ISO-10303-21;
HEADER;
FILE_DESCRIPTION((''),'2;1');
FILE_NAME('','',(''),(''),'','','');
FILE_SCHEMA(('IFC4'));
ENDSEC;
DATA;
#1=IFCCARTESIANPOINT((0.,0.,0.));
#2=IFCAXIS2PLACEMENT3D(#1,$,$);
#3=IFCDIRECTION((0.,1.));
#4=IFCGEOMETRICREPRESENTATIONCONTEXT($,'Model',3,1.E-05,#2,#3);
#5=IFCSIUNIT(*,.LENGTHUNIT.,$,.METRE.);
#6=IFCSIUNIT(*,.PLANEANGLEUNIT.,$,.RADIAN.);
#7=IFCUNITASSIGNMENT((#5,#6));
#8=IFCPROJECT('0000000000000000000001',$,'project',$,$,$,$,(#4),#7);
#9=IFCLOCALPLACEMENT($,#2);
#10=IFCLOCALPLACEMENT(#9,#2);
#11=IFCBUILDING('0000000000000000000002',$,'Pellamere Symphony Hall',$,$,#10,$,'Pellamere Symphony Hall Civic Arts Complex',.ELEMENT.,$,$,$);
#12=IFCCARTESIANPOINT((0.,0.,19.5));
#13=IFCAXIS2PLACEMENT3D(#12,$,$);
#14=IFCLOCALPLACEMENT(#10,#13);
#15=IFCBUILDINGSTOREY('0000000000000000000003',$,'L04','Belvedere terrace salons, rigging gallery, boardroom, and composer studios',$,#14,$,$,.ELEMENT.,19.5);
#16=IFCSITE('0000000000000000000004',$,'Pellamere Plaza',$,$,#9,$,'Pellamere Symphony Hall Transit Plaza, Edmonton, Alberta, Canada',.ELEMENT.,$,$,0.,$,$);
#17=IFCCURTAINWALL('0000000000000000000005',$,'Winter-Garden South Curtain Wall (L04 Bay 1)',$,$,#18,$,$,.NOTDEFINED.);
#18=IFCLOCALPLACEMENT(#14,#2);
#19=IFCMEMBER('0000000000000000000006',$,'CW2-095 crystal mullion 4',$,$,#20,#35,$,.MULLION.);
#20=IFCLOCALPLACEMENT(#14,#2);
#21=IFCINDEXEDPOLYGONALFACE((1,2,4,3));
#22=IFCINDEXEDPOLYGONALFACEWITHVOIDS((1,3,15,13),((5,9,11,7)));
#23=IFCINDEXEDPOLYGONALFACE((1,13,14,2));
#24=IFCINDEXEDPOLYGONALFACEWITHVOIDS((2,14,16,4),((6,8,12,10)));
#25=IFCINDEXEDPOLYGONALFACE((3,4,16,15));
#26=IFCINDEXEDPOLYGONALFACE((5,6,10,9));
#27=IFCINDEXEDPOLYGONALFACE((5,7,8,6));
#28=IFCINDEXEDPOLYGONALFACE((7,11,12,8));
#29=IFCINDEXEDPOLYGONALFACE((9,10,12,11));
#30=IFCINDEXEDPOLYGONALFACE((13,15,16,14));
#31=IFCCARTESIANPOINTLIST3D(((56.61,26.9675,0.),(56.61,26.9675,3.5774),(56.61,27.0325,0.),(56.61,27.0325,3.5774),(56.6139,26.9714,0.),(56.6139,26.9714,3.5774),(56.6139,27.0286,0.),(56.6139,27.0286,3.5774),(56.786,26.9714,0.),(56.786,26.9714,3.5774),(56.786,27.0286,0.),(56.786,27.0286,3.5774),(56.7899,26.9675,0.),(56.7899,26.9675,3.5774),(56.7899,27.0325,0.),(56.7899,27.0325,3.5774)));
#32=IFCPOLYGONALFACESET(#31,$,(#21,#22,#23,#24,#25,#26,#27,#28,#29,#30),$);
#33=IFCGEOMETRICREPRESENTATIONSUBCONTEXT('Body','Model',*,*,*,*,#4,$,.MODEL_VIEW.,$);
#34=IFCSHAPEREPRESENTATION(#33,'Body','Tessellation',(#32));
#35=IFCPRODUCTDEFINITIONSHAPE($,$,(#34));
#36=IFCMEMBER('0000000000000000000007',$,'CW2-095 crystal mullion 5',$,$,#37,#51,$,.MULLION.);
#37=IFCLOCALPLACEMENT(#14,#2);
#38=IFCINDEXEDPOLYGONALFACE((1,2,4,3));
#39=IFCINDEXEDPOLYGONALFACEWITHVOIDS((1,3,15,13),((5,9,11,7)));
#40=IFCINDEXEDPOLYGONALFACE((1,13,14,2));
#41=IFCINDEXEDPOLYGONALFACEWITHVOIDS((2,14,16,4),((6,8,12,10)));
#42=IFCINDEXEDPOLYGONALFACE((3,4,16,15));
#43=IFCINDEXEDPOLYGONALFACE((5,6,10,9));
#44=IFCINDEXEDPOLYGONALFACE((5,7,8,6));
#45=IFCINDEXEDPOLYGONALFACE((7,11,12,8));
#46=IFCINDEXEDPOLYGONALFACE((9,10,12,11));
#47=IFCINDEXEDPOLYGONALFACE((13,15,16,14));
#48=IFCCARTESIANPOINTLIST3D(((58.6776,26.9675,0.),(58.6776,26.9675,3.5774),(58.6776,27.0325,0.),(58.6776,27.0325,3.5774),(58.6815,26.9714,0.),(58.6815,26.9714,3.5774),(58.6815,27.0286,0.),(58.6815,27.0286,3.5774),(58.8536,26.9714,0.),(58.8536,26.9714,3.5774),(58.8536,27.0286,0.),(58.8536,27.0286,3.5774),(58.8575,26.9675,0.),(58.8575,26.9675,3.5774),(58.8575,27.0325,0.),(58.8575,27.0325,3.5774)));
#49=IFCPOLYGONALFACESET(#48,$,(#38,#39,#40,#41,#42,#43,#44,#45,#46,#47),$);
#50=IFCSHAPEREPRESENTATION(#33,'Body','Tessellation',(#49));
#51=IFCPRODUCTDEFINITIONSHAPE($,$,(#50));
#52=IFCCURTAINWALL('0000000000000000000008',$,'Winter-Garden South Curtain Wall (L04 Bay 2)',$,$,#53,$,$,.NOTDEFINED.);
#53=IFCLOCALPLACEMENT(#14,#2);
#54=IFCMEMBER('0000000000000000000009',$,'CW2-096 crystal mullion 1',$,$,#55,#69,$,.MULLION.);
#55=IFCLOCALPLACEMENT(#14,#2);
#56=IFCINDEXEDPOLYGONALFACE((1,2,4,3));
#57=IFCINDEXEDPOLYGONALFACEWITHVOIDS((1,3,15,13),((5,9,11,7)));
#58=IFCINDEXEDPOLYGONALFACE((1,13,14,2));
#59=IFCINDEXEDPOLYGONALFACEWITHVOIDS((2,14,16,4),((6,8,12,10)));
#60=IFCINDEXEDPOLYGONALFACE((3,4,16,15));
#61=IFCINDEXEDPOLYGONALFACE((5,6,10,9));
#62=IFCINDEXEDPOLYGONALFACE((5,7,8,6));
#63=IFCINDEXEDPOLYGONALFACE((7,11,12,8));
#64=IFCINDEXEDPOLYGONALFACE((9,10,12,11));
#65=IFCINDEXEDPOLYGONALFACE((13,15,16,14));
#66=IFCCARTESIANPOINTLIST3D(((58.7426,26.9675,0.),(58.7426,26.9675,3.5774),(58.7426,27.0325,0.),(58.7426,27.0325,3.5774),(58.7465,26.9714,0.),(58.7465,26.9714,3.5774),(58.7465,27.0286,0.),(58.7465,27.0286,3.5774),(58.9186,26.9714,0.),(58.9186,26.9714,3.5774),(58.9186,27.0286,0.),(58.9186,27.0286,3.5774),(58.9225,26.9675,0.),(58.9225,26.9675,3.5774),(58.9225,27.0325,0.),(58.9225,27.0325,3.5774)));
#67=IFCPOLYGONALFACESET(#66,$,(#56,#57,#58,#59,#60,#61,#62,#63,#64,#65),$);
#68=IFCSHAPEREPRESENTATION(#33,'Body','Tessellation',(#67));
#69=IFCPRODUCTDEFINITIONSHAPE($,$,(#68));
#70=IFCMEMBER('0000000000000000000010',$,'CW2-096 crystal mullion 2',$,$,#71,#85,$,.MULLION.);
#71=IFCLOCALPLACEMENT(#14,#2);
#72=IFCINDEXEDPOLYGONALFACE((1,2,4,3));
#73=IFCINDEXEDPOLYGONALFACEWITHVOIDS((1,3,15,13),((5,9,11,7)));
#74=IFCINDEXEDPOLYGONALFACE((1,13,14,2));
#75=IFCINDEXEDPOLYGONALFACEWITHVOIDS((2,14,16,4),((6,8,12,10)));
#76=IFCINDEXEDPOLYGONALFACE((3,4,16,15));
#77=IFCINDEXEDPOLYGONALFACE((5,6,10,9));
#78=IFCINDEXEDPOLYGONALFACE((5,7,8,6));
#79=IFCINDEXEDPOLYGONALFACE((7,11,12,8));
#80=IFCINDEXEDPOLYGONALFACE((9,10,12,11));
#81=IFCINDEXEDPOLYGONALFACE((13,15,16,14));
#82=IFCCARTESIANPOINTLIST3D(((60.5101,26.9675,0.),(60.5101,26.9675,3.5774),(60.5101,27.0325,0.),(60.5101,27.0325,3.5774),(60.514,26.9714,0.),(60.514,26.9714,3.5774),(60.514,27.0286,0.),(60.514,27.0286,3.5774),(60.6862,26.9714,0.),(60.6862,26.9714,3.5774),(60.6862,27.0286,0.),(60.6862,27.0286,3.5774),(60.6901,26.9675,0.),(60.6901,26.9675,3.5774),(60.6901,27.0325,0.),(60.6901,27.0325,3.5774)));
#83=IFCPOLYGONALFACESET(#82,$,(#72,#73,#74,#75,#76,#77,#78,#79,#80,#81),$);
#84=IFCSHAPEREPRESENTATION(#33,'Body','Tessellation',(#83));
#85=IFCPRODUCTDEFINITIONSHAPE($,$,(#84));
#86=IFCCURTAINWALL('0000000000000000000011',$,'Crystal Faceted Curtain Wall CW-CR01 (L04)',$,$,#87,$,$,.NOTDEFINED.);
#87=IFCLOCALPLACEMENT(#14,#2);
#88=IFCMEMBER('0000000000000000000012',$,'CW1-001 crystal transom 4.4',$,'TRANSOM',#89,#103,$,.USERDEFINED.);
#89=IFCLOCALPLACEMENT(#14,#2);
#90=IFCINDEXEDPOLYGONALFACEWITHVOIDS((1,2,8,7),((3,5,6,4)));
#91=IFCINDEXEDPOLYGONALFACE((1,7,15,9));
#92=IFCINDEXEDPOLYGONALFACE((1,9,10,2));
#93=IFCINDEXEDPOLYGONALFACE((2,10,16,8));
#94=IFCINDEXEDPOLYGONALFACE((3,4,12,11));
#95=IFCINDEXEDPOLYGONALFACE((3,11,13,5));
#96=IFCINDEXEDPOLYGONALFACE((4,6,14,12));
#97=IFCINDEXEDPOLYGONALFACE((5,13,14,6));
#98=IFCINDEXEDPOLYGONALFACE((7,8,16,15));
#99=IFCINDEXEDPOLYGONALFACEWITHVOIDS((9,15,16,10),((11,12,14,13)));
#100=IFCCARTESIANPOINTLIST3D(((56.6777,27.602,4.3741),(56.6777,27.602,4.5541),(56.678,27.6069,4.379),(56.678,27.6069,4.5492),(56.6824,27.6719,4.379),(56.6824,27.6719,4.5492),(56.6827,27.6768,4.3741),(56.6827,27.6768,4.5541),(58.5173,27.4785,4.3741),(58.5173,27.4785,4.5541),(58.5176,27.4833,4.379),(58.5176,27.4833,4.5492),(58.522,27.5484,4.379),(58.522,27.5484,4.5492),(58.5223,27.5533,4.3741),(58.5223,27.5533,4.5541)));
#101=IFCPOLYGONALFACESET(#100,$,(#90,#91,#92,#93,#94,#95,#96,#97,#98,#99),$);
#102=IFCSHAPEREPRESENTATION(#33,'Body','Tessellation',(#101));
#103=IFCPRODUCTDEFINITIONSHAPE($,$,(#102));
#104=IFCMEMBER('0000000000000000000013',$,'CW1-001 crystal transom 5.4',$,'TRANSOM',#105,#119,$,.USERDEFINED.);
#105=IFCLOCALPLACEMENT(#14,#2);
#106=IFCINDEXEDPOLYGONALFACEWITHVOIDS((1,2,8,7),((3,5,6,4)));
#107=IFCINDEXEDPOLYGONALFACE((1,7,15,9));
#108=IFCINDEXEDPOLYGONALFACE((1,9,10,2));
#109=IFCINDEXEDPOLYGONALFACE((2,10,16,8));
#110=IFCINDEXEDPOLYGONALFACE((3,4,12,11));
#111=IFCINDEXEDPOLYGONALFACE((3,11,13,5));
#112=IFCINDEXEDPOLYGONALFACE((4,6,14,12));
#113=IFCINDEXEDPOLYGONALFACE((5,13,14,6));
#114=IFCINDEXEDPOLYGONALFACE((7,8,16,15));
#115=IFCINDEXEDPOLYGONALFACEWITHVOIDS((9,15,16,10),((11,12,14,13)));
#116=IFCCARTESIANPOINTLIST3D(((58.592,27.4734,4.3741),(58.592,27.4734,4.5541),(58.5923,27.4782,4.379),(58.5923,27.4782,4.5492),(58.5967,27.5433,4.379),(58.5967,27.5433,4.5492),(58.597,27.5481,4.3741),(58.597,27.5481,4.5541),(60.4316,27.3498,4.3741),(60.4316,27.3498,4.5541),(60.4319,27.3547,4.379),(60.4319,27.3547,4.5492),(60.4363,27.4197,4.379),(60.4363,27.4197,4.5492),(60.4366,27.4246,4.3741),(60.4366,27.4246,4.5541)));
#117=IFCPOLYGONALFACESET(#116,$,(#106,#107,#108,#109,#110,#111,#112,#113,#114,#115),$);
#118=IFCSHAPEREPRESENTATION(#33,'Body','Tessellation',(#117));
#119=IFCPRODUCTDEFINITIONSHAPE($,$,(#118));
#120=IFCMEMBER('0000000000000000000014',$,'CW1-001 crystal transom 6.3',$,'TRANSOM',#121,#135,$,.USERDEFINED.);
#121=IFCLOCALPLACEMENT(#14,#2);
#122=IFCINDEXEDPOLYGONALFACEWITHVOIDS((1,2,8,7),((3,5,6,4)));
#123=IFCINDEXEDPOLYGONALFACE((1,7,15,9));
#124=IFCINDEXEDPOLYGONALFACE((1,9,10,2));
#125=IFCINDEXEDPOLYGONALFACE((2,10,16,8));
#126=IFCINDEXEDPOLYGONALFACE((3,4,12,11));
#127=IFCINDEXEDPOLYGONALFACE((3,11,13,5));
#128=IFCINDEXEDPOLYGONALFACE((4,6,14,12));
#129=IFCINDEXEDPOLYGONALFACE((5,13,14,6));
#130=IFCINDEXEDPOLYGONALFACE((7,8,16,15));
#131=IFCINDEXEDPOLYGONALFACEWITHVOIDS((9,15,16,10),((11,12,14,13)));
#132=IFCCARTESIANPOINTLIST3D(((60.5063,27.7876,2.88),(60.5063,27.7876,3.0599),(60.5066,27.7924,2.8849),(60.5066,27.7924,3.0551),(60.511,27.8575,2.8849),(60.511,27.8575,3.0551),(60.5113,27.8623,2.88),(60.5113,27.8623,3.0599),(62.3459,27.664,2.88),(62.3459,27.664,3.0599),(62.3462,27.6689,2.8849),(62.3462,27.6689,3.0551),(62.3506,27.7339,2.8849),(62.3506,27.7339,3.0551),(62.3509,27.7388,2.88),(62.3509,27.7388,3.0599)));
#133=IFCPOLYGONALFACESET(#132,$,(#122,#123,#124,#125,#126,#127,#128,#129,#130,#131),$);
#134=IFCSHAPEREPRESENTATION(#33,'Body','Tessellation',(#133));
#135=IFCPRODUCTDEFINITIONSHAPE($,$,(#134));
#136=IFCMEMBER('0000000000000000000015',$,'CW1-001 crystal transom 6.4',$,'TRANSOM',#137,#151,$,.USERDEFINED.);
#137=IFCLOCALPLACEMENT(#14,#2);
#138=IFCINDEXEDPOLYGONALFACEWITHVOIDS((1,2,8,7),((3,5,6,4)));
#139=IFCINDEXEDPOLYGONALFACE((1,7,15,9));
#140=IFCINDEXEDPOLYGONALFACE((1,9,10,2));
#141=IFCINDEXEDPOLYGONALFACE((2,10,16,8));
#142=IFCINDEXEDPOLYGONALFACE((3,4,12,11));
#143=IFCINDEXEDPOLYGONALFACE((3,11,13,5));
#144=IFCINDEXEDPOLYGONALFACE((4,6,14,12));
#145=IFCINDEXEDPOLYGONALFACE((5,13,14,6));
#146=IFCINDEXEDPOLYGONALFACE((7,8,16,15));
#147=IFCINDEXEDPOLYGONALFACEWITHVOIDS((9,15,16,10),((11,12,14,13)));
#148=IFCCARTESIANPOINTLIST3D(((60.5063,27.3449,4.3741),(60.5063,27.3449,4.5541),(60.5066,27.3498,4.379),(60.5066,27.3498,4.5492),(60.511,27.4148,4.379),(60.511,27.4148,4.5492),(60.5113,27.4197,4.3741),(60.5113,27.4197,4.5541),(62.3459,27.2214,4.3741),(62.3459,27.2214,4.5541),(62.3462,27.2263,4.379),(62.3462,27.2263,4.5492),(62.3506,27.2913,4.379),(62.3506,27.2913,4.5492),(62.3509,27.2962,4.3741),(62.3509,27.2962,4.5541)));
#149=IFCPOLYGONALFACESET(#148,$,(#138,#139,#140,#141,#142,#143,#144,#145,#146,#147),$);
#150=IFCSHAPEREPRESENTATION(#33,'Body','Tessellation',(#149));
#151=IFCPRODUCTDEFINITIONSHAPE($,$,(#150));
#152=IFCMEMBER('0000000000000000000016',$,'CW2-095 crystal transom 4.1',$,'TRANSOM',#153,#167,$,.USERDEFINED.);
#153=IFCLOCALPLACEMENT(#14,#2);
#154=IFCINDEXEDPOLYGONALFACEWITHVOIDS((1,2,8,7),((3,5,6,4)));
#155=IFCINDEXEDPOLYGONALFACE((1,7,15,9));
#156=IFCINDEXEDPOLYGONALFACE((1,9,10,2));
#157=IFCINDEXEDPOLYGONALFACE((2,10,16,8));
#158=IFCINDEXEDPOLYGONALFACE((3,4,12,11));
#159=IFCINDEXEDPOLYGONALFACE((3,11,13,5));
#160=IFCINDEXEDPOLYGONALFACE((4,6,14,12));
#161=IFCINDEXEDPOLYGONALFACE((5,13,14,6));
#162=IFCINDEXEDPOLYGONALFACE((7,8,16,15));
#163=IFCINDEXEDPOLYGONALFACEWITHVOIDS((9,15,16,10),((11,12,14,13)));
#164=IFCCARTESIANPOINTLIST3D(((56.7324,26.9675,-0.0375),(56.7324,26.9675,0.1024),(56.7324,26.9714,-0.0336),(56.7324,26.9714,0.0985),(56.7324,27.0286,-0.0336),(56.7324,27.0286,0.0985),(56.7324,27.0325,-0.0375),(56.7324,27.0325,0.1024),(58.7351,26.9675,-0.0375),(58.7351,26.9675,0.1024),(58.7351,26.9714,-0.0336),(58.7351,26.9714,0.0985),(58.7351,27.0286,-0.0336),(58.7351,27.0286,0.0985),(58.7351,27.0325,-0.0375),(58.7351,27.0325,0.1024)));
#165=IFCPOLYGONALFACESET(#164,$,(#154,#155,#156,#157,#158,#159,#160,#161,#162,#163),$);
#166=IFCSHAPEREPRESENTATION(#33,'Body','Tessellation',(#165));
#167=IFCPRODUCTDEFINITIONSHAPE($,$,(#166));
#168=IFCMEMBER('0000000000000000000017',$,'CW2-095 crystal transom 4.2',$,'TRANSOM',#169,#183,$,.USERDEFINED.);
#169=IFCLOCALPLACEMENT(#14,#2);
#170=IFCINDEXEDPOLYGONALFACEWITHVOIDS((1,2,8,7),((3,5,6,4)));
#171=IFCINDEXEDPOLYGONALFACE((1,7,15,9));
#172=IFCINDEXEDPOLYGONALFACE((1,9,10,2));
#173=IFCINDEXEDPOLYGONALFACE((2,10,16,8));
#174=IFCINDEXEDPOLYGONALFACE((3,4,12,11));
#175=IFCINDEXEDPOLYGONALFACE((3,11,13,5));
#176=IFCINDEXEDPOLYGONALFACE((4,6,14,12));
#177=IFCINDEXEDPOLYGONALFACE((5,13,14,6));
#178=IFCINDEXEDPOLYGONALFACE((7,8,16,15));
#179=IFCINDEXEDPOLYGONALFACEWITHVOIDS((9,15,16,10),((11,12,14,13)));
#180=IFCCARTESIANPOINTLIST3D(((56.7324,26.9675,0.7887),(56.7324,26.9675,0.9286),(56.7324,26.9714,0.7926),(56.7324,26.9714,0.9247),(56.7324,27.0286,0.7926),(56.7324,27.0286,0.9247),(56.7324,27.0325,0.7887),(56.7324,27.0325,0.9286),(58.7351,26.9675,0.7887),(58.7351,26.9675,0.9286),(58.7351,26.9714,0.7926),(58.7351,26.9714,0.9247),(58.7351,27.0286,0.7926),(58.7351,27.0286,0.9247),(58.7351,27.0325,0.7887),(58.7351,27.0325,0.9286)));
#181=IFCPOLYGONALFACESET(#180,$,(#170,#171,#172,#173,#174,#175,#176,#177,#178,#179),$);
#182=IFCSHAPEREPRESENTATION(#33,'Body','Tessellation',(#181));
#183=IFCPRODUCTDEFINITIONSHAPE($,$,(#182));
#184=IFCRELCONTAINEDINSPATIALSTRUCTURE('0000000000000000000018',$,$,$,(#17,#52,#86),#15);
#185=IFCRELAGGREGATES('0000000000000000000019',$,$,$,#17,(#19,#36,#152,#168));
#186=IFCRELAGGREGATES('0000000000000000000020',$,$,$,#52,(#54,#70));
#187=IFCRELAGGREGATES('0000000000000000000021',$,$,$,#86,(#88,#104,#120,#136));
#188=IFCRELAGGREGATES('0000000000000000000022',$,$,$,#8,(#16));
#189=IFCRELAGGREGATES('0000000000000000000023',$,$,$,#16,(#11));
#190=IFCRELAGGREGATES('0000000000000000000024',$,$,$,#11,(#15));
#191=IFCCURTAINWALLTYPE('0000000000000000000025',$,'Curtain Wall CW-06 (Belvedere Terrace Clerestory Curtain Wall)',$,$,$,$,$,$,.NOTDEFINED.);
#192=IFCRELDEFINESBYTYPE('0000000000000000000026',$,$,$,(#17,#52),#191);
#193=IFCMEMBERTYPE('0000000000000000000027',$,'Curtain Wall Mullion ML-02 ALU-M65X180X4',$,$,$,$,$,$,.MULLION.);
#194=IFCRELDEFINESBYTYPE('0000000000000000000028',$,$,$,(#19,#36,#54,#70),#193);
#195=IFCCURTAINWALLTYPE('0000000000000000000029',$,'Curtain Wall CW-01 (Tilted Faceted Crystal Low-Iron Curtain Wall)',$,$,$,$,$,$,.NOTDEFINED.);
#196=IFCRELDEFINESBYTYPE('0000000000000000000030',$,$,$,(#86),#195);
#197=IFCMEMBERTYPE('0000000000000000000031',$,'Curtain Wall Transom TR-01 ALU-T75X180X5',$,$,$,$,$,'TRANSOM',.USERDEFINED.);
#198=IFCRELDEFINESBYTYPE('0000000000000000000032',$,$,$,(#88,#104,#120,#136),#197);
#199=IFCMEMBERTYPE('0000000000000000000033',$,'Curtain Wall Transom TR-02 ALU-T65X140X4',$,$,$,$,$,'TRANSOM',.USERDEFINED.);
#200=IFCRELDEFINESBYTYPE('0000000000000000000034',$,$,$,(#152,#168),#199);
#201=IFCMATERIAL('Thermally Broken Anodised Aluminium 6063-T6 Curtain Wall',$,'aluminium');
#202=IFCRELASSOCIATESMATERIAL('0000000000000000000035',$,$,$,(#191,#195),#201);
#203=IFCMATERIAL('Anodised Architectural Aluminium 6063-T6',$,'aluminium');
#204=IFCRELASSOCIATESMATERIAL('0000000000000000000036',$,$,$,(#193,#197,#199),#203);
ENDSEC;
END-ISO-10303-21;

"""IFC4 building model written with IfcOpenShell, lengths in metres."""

from ifc_helpers import new_model, si_unit, direction, frame, origin, origin_2d, place, context, subcontext, project, spatial, hollow_rectangle, extrude, material, material_profile, profile_set, type_object, element, aggregate, save


model = new_model("IFC4")

# Units and contexts
model_context = context("Model", 3, precision=1e-05, world=origin(), true_north=direction((0.0, 1.0)))
body_context = subcontext(model_context, "Body", "Model", "MODEL_VIEW")
ifc_project = project(units=[si_unit("LENGTHUNIT", "METRE"), si_unit("PLANEANGLEUNIT", "RADIAN")], contexts=[model_context])

# Site, building, storey
site_placement = place(None, origin())
site = spatial("IfcSite", under=ifc_project, at=site_placement, Name="Pellamere Plaza", LongName="Pellamere Symphony Hall Transit Plaza, Edmonton, Alberta, Canada", CompositionType="ELEMENT", RefElevation=0.0)
building_placement = place(site_placement, origin())
building = spatial("IfcBuilding", under=site, at=building_placement, Name="Pellamere Symphony Hall", LongName="Pellamere Symphony Hall Civic Arts Complex", CompositionType="ELEMENT")
storey_placement = place(building_placement, frame((0.0, 0.0, 19.5)))
storey = spatial("IfcBuildingStorey", under=building, at=storey_placement, Name="L04", Description="Belvedere terrace salons, rigging gallery, boardroom, and composer studios", CompositionType="ELEMENT", Elevation=19.5)

# Curtain walls, members
ifc_material_1 = material(Name="Thermally Broken Anodised Aluminium 6063-T6 Curtain Wall", Category="aluminium")
curtain_wall_type_1 = type_object("IfcCurtainWallType", Name="Curtain Wall CW-06 (Belvedere Terrace Clerestory Curtain Wall)", PredefinedType="NOTDEFINED", material=ifc_material_1)
curtain_wall_1_placement = place(storey_placement, origin())
curtain_wall_1 = element("IfcCurtainWall", 1, at=curtain_wall_1_placement, inside=storey, type_object=curtain_wall_type_1, Name="Winter-Garden South Curtain Wall (L04 Bay 1)", PredefinedType="NOTDEFINED")
ifc_material_2 = material(Name="Anodised Architectural Aluminium 6063-T6", Category="aluminium")
ifc_material_profile_1 = material_profile(ifc_material_2, hollow_rectangle(XDim=0.0649, YDim=0.1799, WallThickness=0.0039, at=origin_2d()), Name="ALU-M65X180X4")
ifc_profile_set_1 = profile_set([ifc_material_profile_1], Name="Anodised Architectural Aluminium 6063-T6")
member_type_1 = type_object("IfcMemberType", Name="Curtain Wall Mullion ML-02 ALU-M65X180X4", PredefinedType="MULLION", material=ifc_profile_set_1)
member_1_placement = place(storey_placement, frame((56.7, 27.0, 0.0), z_axis=(0.0, 0.0, 1.0), x_axis=(0.0, 1.0, 0.0)))
member_1 = element("IfcMember", 2, at=member_1_placement, type_object=member_type_1, Name="CW2-095 crystal mullion 4", PredefinedType="MULLION", context=body_context, shape_type="SweptSolid", body=[
    extrude(hollow_rectangle(XDim=0.0649, YDim=0.1799, WallThickness=0.0039, at=origin_2d()), origin(), (0.0, 0.0, 1.0), 3.5774),
])
member_2_placement = place(storey_placement, frame((58.7676, 27.0, 0.0), z_axis=(0.0, 0.0, 1.0), x_axis=(0.0, 1.0, 0.0)))
member_2 = element("IfcMember", 3, at=member_2_placement, type_object=member_type_1, Name="CW2-095 crystal mullion 5", PredefinedType="MULLION", context=body_context, shape_type="SweptSolid", body=[
    extrude(hollow_rectangle(XDim=0.0649, YDim=0.1799, WallThickness=0.0039, at=origin_2d()), origin(), (0.0, 0.0, 1.0), 3.5774),
])
curtain_wall_2_placement = place(storey_placement, origin())
curtain_wall_2 = element("IfcCurtainWall", 4, at=curtain_wall_2_placement, inside=storey, type_object=curtain_wall_type_1, Name="Winter-Garden South Curtain Wall (L04 Bay 2)", PredefinedType="NOTDEFINED")
member_3_placement = place(storey_placement, frame((58.8325, 27.0, 0.0), z_axis=(0.0, 0.0, 1.0), x_axis=(0.0, 1.0, 0.0)))
member_3 = element("IfcMember", 5, at=member_3_placement, type_object=member_type_1, Name="CW2-096 crystal mullion 1", PredefinedType="MULLION", context=body_context, shape_type="SweptSolid", body=[
    extrude(hollow_rectangle(XDim=0.0649, YDim=0.1799, WallThickness=0.0039, at=origin_2d()), origin(), (0.0, 0.0, 1.0), 3.5774),
])
member_4_placement = place(storey_placement, frame((60.6001, 27.0, 0.0), z_axis=(0.0, 0.0, 1.0), x_axis=(0.0, 1.0, 0.0)))
member_4 = element("IfcMember", 6, at=member_4_placement, type_object=member_type_1, Name="CW2-096 crystal mullion 2", PredefinedType="MULLION", context=body_context, shape_type="SweptSolid", body=[
    extrude(hollow_rectangle(XDim=0.0649, YDim=0.1799, WallThickness=0.0039, at=origin_2d()), origin(), (0.0, 0.0, 1.0), 3.5774),
])
curtain_wall_type_2 = type_object("IfcCurtainWallType", Name="Curtain Wall CW-01 (Tilted Faceted Crystal Low-Iron Curtain Wall)", PredefinedType="NOTDEFINED", material=ifc_material_1)
curtain_wall_3_placement = place(storey_placement, origin())
curtain_wall_3 = element("IfcCurtainWall", 7, at=curtain_wall_3_placement, inside=storey, type_object=curtain_wall_type_2, Name="Crystal Faceted Curtain Wall CW-CR01 (L04)", PredefinedType="NOTDEFINED")
ifc_material_profile_2 = material_profile(ifc_material_2, hollow_rectangle(XDim=0.075, YDim=0.1799, WallThickness=0.0049, at=origin_2d()), Name="ALU-T75X180X5")
ifc_profile_set_2 = profile_set([ifc_material_profile_2], Name="Anodised Architectural Aluminium 6063-T6")
member_type_2 = type_object("IfcMemberType", Name="Curtain Wall Transom TR-01 ALU-T75X180X5", ElementType="TRANSOM", PredefinedType="USERDEFINED", material=ifc_profile_set_2)
member_5_placement = place(storey_placement, frame((56.6802, 27.6394, 4.4641), z_axis=(0.997753, -0.067002, 0.0), x_axis=(0.067002, 0.997753, 0.0)))
member_5 = element("IfcMember", 8, at=member_5_placement, type_object=member_type_2, Name="CW1-001 crystal transom 4.4", ObjectType="TRANSOM", PredefinedType="USERDEFINED", context=body_context, shape_type="SweptSolid", body=[
    extrude(hollow_rectangle(XDim=0.075, YDim=0.1799, WallThickness=0.0049, at=origin_2d()), origin(), (0.0, 0.0, 1.0), 1.8438),
])
member_6_placement = place(storey_placement, frame((58.5945, 27.5107, 4.4641), z_axis=(0.997753, -0.067002, 0.0), x_axis=(0.067002, 0.997753, 0.0)))
member_6 = element("IfcMember", 9, at=member_6_placement, type_object=member_type_2, Name="CW1-001 crystal transom 5.4", ObjectType="TRANSOM", PredefinedType="USERDEFINED", context=body_context, shape_type="SweptSolid", body=[
    extrude(hollow_rectangle(XDim=0.075, YDim=0.1799, WallThickness=0.0049, at=origin_2d()), origin(), (0.0, 0.0, 1.0), 1.8438),
])
member_7_placement = place(storey_placement, frame((60.5088, 27.825, 2.97), z_axis=(0.997753, -0.067002, 0.0), x_axis=(0.067002, 0.997753, 0.0)))
member_7 = element("IfcMember", 10, at=member_7_placement, type_object=member_type_2, Name="CW1-001 crystal transom 6.3", ObjectType="TRANSOM", PredefinedType="USERDEFINED", context=body_context, shape_type="SweptSolid", body=[
    extrude(hollow_rectangle(XDim=0.075, YDim=0.1799, WallThickness=0.0049, at=origin_2d()), origin(), (0.0, 0.0, 1.0), 1.8438),
])
member_8_placement = place(storey_placement, frame((60.5088, 27.3823, 4.4641), z_axis=(0.997753, -0.067002, 0.0), x_axis=(0.067002, 0.997753, 0.0)))
member_8 = element("IfcMember", 11, at=member_8_placement, type_object=member_type_2, Name="CW1-001 crystal transom 6.4", ObjectType="TRANSOM", PredefinedType="USERDEFINED", context=body_context, shape_type="SweptSolid", body=[
    extrude(hollow_rectangle(XDim=0.075, YDim=0.1799, WallThickness=0.0049, at=origin_2d()), origin(), (0.0, 0.0, 1.0), 1.8438),
])

# Members
ifc_material_profile_3 = material_profile(ifc_material_2, hollow_rectangle(XDim=0.0649, YDim=0.1399, WallThickness=0.0039, at=origin_2d()), Name="ALU-T65X140X4")
ifc_profile_set_3 = profile_set([ifc_material_profile_3], Name="Anodised Architectural Aluminium 6063-T6")
member_type_3 = type_object("IfcMemberType", Name="Curtain Wall Transom TR-02 ALU-T65X140X4", ElementType="TRANSOM", PredefinedType="USERDEFINED", material=ifc_profile_set_3)
member_9_placement = place(storey_placement, frame((56.7324, 27.0, 0.0325), z_axis=(1.0, 0.0, 0.0), x_axis=(0.0, 1.0, 0.0)))
member_9 = element("IfcMember", 12, at=member_9_placement, type_object=member_type_3, Name="CW2-095 crystal transom 4.1", ObjectType="TRANSOM", PredefinedType="USERDEFINED", context=body_context, shape_type="SweptSolid", body=[
    extrude(hollow_rectangle(XDim=0.0649, YDim=0.1399, WallThickness=0.0039, at=origin_2d()), origin(), (0.0, 0.0, 1.0), 2.0027),
])
member_10_placement = place(storey_placement, frame((56.7324, 27.0, 0.8586), z_axis=(1.0, 0.0, 0.0), x_axis=(0.0, 1.0, 0.0)))
member_10 = element("IfcMember", 13, at=member_10_placement, type_object=member_type_3, Name="CW2-095 crystal transom 4.2", ObjectType="TRANSOM", PredefinedType="USERDEFINED", context=body_context, shape_type="SweptSolid", body=[
    extrude(hollow_rectangle(XDim=0.0649, YDim=0.1399, WallThickness=0.0039, at=origin_2d()), origin(), (0.0, 0.0, 1.0), 2.0027),
])

aggregate(curtain_wall_1, [member_1, member_2, member_9, member_10])
aggregate(curtain_wall_2, [member_3, member_4])
aggregate(curtain_wall_3, [member_5, member_6, member_7, member_8])

save(model, "model.ifc")
